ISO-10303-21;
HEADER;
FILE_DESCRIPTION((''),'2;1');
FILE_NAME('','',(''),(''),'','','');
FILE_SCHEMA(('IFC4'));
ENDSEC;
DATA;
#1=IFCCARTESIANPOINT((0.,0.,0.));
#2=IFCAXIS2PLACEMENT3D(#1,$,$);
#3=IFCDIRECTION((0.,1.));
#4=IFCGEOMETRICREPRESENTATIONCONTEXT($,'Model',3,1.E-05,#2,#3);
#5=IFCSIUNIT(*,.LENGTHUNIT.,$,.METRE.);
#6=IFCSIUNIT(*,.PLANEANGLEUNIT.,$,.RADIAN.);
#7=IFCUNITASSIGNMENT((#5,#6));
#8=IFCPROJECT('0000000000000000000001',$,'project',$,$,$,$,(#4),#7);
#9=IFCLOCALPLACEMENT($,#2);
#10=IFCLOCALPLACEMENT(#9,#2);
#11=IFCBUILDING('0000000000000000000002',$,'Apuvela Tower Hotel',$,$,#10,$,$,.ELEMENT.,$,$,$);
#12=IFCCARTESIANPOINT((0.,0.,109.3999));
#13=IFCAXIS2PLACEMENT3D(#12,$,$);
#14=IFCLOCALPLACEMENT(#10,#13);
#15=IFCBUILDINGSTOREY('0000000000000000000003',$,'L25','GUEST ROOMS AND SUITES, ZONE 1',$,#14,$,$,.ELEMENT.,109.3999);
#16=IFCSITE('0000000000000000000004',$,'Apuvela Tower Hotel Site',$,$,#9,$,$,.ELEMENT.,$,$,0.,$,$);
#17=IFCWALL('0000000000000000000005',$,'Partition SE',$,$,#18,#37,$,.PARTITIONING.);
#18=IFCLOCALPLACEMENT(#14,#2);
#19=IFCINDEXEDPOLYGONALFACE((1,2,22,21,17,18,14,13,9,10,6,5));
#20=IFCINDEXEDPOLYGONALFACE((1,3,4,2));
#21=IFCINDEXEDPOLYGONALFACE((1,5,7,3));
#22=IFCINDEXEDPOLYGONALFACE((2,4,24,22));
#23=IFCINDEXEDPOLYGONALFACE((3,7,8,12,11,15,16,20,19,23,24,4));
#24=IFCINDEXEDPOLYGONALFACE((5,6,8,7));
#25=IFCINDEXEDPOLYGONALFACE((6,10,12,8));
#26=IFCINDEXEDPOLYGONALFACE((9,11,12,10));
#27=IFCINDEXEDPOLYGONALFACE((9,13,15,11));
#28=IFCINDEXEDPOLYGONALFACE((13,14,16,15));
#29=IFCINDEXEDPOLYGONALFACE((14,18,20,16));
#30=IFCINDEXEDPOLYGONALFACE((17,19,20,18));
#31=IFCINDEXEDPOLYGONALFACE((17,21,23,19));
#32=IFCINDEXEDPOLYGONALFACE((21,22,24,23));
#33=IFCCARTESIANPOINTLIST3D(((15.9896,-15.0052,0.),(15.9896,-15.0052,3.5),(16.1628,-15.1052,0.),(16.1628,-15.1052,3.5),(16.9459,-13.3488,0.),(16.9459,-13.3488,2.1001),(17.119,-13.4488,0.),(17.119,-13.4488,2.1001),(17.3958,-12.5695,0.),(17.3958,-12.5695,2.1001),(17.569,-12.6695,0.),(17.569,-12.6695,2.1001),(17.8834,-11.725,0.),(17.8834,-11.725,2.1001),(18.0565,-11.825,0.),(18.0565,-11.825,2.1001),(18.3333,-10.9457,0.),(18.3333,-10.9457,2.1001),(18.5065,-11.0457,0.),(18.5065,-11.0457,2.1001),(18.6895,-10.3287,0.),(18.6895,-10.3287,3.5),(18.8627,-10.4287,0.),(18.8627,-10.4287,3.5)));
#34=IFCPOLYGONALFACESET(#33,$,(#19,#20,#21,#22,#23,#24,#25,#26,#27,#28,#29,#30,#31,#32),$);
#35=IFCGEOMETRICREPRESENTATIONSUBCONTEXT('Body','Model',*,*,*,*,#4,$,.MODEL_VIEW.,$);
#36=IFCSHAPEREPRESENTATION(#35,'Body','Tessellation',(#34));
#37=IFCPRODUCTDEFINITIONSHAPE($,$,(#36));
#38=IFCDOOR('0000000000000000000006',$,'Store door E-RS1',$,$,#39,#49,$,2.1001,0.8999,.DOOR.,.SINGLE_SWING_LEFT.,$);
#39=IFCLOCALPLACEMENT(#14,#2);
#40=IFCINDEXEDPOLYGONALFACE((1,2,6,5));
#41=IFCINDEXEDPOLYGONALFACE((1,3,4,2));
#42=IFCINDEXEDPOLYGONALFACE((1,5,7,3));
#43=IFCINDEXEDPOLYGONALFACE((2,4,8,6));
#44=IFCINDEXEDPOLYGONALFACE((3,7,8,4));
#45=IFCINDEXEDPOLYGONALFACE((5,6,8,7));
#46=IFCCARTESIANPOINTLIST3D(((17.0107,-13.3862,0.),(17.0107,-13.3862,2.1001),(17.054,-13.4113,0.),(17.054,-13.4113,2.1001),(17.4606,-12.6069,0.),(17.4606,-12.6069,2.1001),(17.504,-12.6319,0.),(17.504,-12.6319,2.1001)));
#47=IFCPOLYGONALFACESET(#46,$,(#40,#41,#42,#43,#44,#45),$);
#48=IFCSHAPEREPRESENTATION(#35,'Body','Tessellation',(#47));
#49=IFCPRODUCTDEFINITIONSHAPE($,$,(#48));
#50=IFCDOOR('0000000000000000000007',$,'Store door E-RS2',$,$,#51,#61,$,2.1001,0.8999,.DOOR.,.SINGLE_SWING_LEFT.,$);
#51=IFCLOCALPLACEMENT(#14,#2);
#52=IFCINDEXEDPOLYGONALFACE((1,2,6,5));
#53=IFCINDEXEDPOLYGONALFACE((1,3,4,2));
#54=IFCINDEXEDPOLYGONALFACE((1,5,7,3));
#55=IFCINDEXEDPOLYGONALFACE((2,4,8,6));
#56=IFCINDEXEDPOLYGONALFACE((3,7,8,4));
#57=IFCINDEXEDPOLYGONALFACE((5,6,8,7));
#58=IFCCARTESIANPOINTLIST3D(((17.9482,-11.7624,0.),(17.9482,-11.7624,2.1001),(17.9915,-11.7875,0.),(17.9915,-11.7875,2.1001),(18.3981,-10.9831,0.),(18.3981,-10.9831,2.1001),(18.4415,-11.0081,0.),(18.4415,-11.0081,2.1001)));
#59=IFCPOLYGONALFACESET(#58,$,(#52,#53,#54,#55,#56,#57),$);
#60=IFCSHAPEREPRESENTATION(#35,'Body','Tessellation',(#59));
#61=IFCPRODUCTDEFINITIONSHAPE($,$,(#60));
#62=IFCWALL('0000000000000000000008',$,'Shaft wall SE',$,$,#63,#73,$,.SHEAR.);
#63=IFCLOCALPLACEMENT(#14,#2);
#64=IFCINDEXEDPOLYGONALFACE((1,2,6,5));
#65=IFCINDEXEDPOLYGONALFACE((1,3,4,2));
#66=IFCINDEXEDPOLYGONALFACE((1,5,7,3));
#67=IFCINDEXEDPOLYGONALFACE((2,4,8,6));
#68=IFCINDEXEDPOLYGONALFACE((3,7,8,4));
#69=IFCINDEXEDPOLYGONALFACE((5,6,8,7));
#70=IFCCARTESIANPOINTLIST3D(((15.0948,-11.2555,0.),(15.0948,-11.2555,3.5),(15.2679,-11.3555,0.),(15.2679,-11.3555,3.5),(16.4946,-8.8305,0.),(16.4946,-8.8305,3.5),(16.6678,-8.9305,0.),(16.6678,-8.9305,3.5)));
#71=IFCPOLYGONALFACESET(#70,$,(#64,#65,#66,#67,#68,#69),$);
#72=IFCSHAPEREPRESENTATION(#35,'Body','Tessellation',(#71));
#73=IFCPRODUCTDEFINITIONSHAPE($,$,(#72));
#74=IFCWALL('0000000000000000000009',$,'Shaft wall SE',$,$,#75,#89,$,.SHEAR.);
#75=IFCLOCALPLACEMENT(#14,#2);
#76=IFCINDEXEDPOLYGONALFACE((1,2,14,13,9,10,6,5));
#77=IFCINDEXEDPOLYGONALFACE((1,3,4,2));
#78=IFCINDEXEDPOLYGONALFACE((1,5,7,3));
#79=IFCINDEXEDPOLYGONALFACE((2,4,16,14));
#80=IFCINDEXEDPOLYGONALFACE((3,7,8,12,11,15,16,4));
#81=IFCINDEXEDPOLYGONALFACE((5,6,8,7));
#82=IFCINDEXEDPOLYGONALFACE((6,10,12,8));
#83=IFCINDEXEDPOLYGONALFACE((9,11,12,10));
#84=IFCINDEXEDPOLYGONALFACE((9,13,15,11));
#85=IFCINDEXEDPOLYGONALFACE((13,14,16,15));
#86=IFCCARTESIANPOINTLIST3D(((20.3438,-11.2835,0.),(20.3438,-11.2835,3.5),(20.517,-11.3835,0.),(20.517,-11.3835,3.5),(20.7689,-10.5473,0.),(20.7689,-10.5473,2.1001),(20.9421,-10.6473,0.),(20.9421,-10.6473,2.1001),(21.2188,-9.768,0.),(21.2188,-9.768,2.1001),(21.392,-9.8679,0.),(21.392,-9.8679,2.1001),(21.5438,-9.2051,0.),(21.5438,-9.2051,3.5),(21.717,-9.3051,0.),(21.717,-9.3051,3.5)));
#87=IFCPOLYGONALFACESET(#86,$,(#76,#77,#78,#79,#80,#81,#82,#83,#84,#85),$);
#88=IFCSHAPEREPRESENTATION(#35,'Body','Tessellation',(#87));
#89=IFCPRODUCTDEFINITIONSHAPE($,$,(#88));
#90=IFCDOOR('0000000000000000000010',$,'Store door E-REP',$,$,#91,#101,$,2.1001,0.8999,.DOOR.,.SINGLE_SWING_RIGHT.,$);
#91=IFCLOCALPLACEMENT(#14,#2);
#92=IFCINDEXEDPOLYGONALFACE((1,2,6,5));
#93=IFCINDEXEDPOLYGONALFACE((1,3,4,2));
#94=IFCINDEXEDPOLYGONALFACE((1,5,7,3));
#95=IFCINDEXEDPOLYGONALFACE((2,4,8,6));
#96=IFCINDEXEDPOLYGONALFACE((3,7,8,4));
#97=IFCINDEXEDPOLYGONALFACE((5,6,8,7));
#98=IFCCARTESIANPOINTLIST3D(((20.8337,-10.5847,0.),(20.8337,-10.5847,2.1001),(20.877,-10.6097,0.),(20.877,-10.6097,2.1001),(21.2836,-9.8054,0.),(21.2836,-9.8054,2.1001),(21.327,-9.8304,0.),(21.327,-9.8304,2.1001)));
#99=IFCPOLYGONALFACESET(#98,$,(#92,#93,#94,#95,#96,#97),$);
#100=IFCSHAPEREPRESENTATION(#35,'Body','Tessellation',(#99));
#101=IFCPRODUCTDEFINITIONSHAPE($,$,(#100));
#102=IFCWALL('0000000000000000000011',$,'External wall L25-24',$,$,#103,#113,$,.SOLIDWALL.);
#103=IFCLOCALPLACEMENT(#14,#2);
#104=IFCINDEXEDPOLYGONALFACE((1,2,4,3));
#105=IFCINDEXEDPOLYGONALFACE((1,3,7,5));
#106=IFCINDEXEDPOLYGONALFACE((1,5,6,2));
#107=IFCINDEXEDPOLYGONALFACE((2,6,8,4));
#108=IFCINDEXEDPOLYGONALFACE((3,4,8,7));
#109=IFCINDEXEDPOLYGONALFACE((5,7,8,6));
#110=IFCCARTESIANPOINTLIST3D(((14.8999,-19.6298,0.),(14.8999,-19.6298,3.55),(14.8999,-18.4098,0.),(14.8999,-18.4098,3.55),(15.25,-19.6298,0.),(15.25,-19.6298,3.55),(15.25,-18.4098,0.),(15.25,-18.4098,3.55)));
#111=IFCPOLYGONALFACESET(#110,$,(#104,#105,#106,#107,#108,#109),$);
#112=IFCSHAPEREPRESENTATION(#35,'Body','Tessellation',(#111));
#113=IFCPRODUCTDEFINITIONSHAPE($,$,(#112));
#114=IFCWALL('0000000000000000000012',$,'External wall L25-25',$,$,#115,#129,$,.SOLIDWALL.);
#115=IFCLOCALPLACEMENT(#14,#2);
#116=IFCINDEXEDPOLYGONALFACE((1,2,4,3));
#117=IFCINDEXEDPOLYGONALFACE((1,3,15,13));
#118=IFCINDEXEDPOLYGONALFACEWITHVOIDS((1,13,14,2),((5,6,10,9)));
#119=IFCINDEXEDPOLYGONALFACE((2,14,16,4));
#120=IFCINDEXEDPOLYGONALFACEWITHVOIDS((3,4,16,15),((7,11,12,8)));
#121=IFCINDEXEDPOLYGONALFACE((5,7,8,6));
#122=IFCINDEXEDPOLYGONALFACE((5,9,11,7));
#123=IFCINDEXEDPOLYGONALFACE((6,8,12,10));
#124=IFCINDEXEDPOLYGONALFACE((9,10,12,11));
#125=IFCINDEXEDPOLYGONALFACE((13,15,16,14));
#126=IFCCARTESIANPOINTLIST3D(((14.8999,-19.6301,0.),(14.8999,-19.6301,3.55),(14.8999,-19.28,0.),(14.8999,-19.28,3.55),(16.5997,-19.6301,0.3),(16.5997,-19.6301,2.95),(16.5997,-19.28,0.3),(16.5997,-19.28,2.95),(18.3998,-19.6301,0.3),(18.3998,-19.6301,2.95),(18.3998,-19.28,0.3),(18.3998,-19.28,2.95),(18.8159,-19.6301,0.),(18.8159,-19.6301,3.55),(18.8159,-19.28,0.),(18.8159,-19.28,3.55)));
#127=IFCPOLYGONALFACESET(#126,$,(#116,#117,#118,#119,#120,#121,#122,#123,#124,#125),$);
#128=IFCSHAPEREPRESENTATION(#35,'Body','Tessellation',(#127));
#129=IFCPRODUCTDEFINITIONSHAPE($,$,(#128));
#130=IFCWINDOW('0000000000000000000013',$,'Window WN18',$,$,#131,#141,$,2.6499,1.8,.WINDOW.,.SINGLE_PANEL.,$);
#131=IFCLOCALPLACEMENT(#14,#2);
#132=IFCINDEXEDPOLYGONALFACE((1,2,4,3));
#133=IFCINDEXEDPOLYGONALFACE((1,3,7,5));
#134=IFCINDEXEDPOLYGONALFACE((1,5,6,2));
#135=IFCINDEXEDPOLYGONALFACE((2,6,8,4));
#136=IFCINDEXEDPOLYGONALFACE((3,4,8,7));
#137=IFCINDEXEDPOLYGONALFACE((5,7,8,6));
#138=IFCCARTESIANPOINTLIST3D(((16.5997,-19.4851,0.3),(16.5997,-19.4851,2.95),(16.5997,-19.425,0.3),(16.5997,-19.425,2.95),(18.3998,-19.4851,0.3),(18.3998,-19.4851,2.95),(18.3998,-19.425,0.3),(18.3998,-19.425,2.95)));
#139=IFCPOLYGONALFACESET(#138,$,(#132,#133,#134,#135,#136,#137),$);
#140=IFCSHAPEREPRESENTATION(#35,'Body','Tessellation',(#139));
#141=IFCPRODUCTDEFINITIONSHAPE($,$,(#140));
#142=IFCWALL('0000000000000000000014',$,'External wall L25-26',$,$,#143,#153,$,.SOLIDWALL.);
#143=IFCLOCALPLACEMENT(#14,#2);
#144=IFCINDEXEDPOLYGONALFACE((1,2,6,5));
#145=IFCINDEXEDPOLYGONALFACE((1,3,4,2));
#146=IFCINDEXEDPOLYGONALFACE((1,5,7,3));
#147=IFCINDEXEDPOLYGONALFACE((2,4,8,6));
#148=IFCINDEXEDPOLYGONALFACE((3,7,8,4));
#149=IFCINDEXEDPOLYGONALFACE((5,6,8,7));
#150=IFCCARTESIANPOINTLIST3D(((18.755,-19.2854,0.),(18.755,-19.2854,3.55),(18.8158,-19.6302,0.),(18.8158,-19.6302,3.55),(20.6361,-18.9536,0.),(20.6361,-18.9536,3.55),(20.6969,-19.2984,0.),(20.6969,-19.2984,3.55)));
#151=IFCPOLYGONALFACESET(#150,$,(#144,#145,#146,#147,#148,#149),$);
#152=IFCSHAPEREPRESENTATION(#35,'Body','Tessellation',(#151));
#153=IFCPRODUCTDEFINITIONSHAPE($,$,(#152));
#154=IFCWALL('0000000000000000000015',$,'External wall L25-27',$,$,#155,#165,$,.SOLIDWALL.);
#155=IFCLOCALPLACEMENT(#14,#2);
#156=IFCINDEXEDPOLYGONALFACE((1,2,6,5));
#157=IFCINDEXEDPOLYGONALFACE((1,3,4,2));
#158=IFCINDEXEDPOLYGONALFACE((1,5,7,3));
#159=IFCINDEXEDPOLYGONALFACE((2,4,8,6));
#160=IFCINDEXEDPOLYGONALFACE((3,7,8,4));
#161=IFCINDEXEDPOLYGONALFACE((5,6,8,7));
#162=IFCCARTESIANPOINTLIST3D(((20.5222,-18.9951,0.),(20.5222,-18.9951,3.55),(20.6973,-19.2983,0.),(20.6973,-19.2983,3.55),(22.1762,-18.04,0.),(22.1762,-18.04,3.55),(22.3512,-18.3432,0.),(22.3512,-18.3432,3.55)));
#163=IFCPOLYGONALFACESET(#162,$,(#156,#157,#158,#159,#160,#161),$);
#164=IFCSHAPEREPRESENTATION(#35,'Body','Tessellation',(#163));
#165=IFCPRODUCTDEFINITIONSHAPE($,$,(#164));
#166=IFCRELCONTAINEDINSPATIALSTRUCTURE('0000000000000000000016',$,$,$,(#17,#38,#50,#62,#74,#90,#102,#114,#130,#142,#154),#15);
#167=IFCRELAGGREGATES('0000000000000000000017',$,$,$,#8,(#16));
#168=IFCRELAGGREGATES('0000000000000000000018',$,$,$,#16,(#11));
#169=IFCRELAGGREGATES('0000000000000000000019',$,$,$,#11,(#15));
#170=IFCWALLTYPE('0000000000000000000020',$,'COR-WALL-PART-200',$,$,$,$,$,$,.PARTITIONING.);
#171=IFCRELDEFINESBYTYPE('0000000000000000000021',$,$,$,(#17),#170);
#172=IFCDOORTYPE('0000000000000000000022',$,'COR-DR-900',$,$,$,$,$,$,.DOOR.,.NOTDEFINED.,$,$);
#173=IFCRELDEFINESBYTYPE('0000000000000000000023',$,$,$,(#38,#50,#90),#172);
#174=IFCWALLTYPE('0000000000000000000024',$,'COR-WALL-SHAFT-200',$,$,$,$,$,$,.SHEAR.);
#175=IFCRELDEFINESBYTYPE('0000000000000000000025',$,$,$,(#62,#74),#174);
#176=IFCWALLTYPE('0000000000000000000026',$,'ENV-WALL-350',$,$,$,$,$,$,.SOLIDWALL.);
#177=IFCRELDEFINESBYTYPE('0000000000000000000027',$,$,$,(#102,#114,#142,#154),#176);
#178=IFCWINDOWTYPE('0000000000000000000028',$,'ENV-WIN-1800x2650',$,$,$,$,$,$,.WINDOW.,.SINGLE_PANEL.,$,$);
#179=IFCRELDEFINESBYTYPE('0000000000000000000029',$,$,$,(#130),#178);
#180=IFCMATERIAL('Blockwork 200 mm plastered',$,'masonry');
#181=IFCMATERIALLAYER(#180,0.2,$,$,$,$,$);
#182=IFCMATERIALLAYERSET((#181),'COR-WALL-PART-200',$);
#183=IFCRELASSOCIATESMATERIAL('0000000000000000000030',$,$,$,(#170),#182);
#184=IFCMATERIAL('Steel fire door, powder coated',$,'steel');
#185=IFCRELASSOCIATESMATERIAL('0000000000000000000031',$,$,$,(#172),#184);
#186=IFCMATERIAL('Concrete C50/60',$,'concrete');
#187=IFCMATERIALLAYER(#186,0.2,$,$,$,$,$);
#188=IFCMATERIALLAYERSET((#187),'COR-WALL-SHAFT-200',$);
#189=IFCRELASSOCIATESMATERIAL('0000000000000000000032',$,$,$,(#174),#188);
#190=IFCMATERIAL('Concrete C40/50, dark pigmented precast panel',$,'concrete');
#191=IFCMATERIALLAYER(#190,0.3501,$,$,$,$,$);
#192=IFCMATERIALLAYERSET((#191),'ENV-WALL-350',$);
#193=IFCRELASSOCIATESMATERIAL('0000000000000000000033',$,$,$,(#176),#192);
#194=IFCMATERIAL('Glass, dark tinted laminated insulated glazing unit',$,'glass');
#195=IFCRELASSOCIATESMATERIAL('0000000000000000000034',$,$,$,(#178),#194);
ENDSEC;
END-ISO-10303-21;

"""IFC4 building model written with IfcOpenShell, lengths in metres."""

from ifc_helpers import new_model, si_unit, direction, frame, frame_2d, origin, place, context, subcontext, project, spatial, rectangle, extrude, material, layer, layer_set, type_object, element, fill, save


model = new_model("IFC4")

# Units and contexts
model_context = context("Model", 3, precision=1e-05, world=origin(), true_north=direction((0.0, 1.0)))
body_context = subcontext(model_context, "Body", "Model", "MODEL_VIEW")
ifc_project = project(units=[si_unit("LENGTHUNIT", "METRE"), si_unit("PLANEANGLEUNIT", "RADIAN")], contexts=[model_context])

# Site, building, storey
site_placement = place(None, origin())
site = spatial("IfcSite", under=ifc_project, at=site_placement, Name="Apuvela Tower Hotel Site", CompositionType="ELEMENT", RefElevation=0.0)
building_placement = place(site_placement, origin())
building = spatial("IfcBuilding", under=site, at=building_placement, Name="Apuvela Tower Hotel", CompositionType="ELEMENT")
storey_placement = place(building_placement, frame((0.0, 0.0, 109.3999)))
storey = spatial("IfcBuildingStorey", under=building, at=storey_placement, Name="L25", Description="GUEST ROOMS AND SUITES, ZONE 1", CompositionType="ELEMENT", Elevation=109.3999)

# Wall, openings, doors
ifc_material_1 = material(Name="Blockwork 200 mm plastered", Category="masonry")
ifc_layer_1 = layer(ifc_material_1, 0.2)
ifc_layer_set_1 = layer_set([ifc_layer_1], Name="COR-WALL-PART-200")
wall_type_1 = type_object("IfcWallType", Name="COR-WALL-PART-200", PredefinedType="PARTITIONING", material=ifc_layer_set_1)
wall_1_placement = place(storey_placement, frame((16.0762, -15.0552, 0.0), z_axis=(0.0, 0.0, 1.0), x_axis=(0.499995, 0.866028, 0.0)))
wall_1 = element("IfcWall", 1, at=wall_1_placement, inside=storey, type_object=wall_type_1, Name="Partition SE", PredefinedType="PARTITIONING", context=body_context, shape_type="SweptSolid", body=[
    extrude(rectangle(XDim=5.3999, YDim=0.2, at=frame_2d((2.7, 0.0))), origin(), (0.0, 0.0, 1.0), 3.5),
])
opening_1_placement = place(wall_1_placement, frame((1.9126, 0.0, 0.0)))
opening_1 = element("IfcOpeningElement", 2, at=opening_1_placement, cuts=wall_1, PredefinedType="OPENING", context=body_context, shape_type="SweptSolid", body=[
    extrude(rectangle(XDim=0.8999, YDim=2.1001, at=frame_2d((0.45, 1.05))), frame((0.0, 0.1099, 0.0), z_axis=(0.0, -1.0, 0.0), x_axis=(1.0, 0.0, 0.0)), (0.0, 0.0, 1.0), 0.22),
])
opening_2_placement = place(wall_1_placement, frame((3.7876, 0.0, 0.0)))
opening_2 = element("IfcOpeningElement", 3, at=opening_2_placement, cuts=wall_1, PredefinedType="OPENING", context=body_context, shape_type="SweptSolid", body=[
    extrude(rectangle(XDim=0.8999, YDim=2.1001, at=frame_2d((0.45, 1.05))), frame((0.0, 0.1099, 0.0), z_axis=(0.0, -1.0, 0.0), x_axis=(1.0, 0.0, 0.0)), (0.0, 0.0, 1.0), 0.22),
])
ifc_material_2 = material(Name="Steel fire door, powder coated", Category="steel")
door_type_1 = type_object("IfcDoorType", Name="COR-DR-900", OperationType="NOTDEFINED", PredefinedType="DOOR", material=ifc_material_2)
door_1_placement = place(opening_1_placement, frame((0.8999, 0.0, 0.0), z_axis=(0.0, 0.0, 1.0), x_axis=(-1.0, 0.0, 0.0)))
door_1 = element("IfcDoor", 4, at=door_1_placement, inside=storey, type_object=door_type_1, Name="Store door E-RS1", OperationType="SINGLE_SWING_LEFT", OverallHeight=2.1001, OverallWidth=0.8999, PredefinedType="DOOR", context=body_context, shape_type="SweptSolid", body=[
    extrude(rectangle(XDim=0.8999, YDim=2.1001, at=frame_2d((0.45, 1.05))), frame((0.0, 0.0249, 0.0), z_axis=(0.0, -1.0, 0.0), x_axis=(1.0, 0.0, 0.0)), (0.0, 0.0, 1.0), 0.05),
])
fill(opening_1, door_1)
door_2_placement = place(opening_2_placement, frame((0.8999, 0.0, 0.0), z_axis=(0.0, 0.0, 1.0), x_axis=(-1.0, 0.0, 0.0)))
door_2 = element("IfcDoor", 5, at=door_2_placement, inside=storey, type_object=door_type_1, Name="Store door E-RS2", OperationType="SINGLE_SWING_LEFT", OverallHeight=2.1001, OverallWidth=0.8999, PredefinedType="DOOR", context=body_context, shape_type="SweptSolid", body=[
    extrude(rectangle(XDim=0.8999, YDim=2.1001, at=frame_2d((0.45, 1.05))), frame((0.0, 0.0249, 0.0), z_axis=(0.0, -1.0, 0.0), x_axis=(1.0, 0.0, 0.0)), (0.0, 0.0, 1.0), 0.05),
])
fill(opening_2, door_2)

# Wall
ifc_material_3 = material(Name="Concrete C50/60", Category="concrete")
ifc_layer_2 = layer(ifc_material_3, 0.2)
ifc_layer_set_2 = layer_set([ifc_layer_2], Name="COR-WALL-SHAFT-200")
wall_type_2 = type_object("IfcWallType", Name="COR-WALL-SHAFT-200", PredefinedType="SHEAR", material=ifc_layer_set_2)
wall_2_placement = place(storey_placement, frame((15.1814, -11.3054, 0.0), z_axis=(0.0, 0.0, 1.0), x_axis=(0.499946, 0.866056, 0.0)))
element("IfcWall", 6, at=wall_2_placement, inside=storey, type_object=wall_type_2, Name="Shaft wall SE", PredefinedType="SHEAR", context=body_context, shape_type="SweptSolid", body=[
    extrude(rectangle(XDim=2.8, YDim=0.2, at=frame_2d((1.3999, 0.0))), origin(), (0.0, 0.0, 1.0), 3.5),
])

# Wall, opening, door
wall_3_placement = place(storey_placement, frame((20.4304, -11.3335, 0.0), z_axis=(0.0, 0.0, 1.0), x_axis=(0.500001, 0.866025, 0.0)))
wall_3 = element("IfcWall", 7, at=wall_3_placement, inside=storey, type_object=wall_type_2, Name="Shaft wall SE", PredefinedType="SHEAR", context=body_context, shape_type="SweptSolid", body=[
    extrude(rectangle(XDim=2.3999, YDim=0.2, at=frame_2d((1.2, 0.0))), origin(), (0.0, 0.0, 1.0), 3.5),
])
opening_3_placement = place(wall_3_placement, frame((0.8501, 0.0, 0.0)))
opening_3 = element("IfcOpeningElement", 8, at=opening_3_placement, cuts=wall_3, PredefinedType="OPENING", context=body_context, shape_type="SweptSolid", body=[
    extrude(rectangle(XDim=0.8999, YDim=2.1001, at=frame_2d((0.45, 1.05))), frame((0.0, 0.1099, 0.0), z_axis=(0.0, -1.0, 0.0), x_axis=(1.0, 0.0, 0.0)), (0.0, 0.0, 1.0), 0.22),
])
door_3_placement = place(opening_3_placement, frame((0.8999, 0.0, 0.0), z_axis=(0.0, 0.0, 1.0), x_axis=(-1.0, 0.0, 0.0)))
door_3 = element("IfcDoor", 9, at=door_3_placement, inside=storey, type_object=door_type_1, Name="Store door E-REP", OperationType="SINGLE_SWING_RIGHT", OverallHeight=2.1001, OverallWidth=0.8999, PredefinedType="DOOR", context=body_context, shape_type="SweptSolid", body=[
    extrude(rectangle(XDim=0.8999, YDim=2.1001, at=frame_2d((0.45, 1.05))), frame((0.0, 0.0249, 0.0), z_axis=(0.0, -1.0, 0.0), x_axis=(1.0, 0.0, 0.0)), (0.0, 0.0, 1.0), 0.05),
])
fill(opening_3, door_3)

# Wall
ifc_material_4 = material(Name="Concrete C40/50, dark pigmented precast panel", Category="concrete")
ifc_layer_3 = layer(ifc_material_4, 0.3501)
ifc_layer_set_3 = layer_set([ifc_layer_3], Name="ENV-WALL-350")
wall_type_3 = type_object("IfcWallType", Name="ENV-WALL-350", PredefinedType="SOLIDWALL", material=ifc_layer_set_3)
wall_4_placement = place(storey_placement, frame((15.075, -18.4099, 0.0), z_axis=(0.0, 0.0, 1.0), x_axis=(0.0, -1.0, 0.0)))
element("IfcWall", 10, at=wall_4_placement, inside=storey, type_object=wall_type_3, Name="External wall L25-24", PredefinedType="SOLIDWALL", context=body_context, shape_type="SweptSolid", body=[
    extrude(rectangle(XDim=1.22, YDim=0.3501, at=frame_2d((0.6099, 0.0))), origin(), (0.0, 0.0, 1.0), 3.55),
])

# Wall, opening, window
wall_5_placement = place(storey_placement, frame((14.8999, -19.4551, 0.0), z_axis=(0.0, 0.0, 1.0), x_axis=(1.0, 0.0, 0.0)))
wall_5 = element("IfcWall", 11, at=wall_5_placement, inside=storey, type_object=wall_type_3, Name="External wall L25-25", PredefinedType="SOLIDWALL", context=body_context, shape_type="SweptSolid", body=[
    extrude(rectangle(XDim=3.916, YDim=0.3501, at=frame_2d((1.958, 0.0))), origin(), (0.0, 0.0, 1.0), 3.55),
])
opening_4_placement = place(wall_5_placement, frame((1.7, 0.0, 0.3)))
opening_4 = element("IfcOpeningElement", 12, at=opening_4_placement, cuts=wall_5, PredefinedType="OPENING", context=body_context, shape_type="SweptSolid", body=[
    extrude(rectangle(XDim=1.8, YDim=2.6499, at=frame_2d((0.8999, 1.325))), frame((0.0, 0.1851, 0.0), z_axis=(0.0, -1.0, 0.0), x_axis=(1.0, 0.0, 0.0)), (0.0, 0.0, 1.0), 0.3701),
])
ifc_material_5 = material(Name="Glass, dark tinted laminated insulated glazing unit", Category="glass")
window_type = type_object("IfcWindowType", Name="ENV-WIN-1800x2650", PartitioningType="SINGLE_PANEL", PredefinedType="WINDOW", material=ifc_material_5)
window_placement = place(opening_4_placement, origin())
window = element("IfcWindow", 13, at=window_placement, inside=storey, type_object=window_type, Name="Window WN18", OverallHeight=2.6499, OverallWidth=1.8, PartitioningType="SINGLE_PANEL", PredefinedType="WINDOW", context=body_context, shape_type="SweptSolid", body=[
    extrude(rectangle(XDim=1.8, YDim=2.6499, at=frame_2d((0.8999, 1.325))), frame((0.0, 0.03, 0.0), z_axis=(0.0, -1.0, 0.0), x_axis=(1.0, 0.0, 0.0)), (0.0, 0.0, 1.0), 0.0601),
])
fill(opening_4, window)

# Walls
wall_6_placement = place(storey_placement, frame((18.7854, -19.4578, 0.0), z_axis=(0.0, 0.0, 1.0), x_axis=(0.984799, 0.173698, 0.0)))
element("IfcWall", 14, at=wall_6_placement, inside=storey, type_object=wall_type_3, Name="External wall L25-26", PredefinedType="SOLIDWALL", context=body_context, shape_type="SweptSolid", body=[
    extrude(rectangle(XDim=1.9102, YDim=0.3501, at=frame_2d((0.9551, 0.0))), origin(), (0.0, 0.0, 1.0), 3.55),
])
for number, where, z_axis, x_axis, name in (
    (15, (20.6096, -19.1467, 0.0), (0.0, 0.0, 1.0), (0.866, 0.500043, 0.0), "External wall L25-27"),
):
    element("IfcWall", number, at=place(storey_placement, frame(where, z_axis=z_axis, x_axis=x_axis)), inside=storey, type_object=wall_type_3, Name=name, PredefinedType="SOLIDWALL", context=body_context, shape_type="SweptSolid", body=[
        extrude(rectangle(XDim=1.9099, YDim=0.3501, at=frame_2d((0.9551, 0.0))), origin(), (0.0, 0.0, 1.0), 3.55),
    ])

save(model, "model.ifc")
